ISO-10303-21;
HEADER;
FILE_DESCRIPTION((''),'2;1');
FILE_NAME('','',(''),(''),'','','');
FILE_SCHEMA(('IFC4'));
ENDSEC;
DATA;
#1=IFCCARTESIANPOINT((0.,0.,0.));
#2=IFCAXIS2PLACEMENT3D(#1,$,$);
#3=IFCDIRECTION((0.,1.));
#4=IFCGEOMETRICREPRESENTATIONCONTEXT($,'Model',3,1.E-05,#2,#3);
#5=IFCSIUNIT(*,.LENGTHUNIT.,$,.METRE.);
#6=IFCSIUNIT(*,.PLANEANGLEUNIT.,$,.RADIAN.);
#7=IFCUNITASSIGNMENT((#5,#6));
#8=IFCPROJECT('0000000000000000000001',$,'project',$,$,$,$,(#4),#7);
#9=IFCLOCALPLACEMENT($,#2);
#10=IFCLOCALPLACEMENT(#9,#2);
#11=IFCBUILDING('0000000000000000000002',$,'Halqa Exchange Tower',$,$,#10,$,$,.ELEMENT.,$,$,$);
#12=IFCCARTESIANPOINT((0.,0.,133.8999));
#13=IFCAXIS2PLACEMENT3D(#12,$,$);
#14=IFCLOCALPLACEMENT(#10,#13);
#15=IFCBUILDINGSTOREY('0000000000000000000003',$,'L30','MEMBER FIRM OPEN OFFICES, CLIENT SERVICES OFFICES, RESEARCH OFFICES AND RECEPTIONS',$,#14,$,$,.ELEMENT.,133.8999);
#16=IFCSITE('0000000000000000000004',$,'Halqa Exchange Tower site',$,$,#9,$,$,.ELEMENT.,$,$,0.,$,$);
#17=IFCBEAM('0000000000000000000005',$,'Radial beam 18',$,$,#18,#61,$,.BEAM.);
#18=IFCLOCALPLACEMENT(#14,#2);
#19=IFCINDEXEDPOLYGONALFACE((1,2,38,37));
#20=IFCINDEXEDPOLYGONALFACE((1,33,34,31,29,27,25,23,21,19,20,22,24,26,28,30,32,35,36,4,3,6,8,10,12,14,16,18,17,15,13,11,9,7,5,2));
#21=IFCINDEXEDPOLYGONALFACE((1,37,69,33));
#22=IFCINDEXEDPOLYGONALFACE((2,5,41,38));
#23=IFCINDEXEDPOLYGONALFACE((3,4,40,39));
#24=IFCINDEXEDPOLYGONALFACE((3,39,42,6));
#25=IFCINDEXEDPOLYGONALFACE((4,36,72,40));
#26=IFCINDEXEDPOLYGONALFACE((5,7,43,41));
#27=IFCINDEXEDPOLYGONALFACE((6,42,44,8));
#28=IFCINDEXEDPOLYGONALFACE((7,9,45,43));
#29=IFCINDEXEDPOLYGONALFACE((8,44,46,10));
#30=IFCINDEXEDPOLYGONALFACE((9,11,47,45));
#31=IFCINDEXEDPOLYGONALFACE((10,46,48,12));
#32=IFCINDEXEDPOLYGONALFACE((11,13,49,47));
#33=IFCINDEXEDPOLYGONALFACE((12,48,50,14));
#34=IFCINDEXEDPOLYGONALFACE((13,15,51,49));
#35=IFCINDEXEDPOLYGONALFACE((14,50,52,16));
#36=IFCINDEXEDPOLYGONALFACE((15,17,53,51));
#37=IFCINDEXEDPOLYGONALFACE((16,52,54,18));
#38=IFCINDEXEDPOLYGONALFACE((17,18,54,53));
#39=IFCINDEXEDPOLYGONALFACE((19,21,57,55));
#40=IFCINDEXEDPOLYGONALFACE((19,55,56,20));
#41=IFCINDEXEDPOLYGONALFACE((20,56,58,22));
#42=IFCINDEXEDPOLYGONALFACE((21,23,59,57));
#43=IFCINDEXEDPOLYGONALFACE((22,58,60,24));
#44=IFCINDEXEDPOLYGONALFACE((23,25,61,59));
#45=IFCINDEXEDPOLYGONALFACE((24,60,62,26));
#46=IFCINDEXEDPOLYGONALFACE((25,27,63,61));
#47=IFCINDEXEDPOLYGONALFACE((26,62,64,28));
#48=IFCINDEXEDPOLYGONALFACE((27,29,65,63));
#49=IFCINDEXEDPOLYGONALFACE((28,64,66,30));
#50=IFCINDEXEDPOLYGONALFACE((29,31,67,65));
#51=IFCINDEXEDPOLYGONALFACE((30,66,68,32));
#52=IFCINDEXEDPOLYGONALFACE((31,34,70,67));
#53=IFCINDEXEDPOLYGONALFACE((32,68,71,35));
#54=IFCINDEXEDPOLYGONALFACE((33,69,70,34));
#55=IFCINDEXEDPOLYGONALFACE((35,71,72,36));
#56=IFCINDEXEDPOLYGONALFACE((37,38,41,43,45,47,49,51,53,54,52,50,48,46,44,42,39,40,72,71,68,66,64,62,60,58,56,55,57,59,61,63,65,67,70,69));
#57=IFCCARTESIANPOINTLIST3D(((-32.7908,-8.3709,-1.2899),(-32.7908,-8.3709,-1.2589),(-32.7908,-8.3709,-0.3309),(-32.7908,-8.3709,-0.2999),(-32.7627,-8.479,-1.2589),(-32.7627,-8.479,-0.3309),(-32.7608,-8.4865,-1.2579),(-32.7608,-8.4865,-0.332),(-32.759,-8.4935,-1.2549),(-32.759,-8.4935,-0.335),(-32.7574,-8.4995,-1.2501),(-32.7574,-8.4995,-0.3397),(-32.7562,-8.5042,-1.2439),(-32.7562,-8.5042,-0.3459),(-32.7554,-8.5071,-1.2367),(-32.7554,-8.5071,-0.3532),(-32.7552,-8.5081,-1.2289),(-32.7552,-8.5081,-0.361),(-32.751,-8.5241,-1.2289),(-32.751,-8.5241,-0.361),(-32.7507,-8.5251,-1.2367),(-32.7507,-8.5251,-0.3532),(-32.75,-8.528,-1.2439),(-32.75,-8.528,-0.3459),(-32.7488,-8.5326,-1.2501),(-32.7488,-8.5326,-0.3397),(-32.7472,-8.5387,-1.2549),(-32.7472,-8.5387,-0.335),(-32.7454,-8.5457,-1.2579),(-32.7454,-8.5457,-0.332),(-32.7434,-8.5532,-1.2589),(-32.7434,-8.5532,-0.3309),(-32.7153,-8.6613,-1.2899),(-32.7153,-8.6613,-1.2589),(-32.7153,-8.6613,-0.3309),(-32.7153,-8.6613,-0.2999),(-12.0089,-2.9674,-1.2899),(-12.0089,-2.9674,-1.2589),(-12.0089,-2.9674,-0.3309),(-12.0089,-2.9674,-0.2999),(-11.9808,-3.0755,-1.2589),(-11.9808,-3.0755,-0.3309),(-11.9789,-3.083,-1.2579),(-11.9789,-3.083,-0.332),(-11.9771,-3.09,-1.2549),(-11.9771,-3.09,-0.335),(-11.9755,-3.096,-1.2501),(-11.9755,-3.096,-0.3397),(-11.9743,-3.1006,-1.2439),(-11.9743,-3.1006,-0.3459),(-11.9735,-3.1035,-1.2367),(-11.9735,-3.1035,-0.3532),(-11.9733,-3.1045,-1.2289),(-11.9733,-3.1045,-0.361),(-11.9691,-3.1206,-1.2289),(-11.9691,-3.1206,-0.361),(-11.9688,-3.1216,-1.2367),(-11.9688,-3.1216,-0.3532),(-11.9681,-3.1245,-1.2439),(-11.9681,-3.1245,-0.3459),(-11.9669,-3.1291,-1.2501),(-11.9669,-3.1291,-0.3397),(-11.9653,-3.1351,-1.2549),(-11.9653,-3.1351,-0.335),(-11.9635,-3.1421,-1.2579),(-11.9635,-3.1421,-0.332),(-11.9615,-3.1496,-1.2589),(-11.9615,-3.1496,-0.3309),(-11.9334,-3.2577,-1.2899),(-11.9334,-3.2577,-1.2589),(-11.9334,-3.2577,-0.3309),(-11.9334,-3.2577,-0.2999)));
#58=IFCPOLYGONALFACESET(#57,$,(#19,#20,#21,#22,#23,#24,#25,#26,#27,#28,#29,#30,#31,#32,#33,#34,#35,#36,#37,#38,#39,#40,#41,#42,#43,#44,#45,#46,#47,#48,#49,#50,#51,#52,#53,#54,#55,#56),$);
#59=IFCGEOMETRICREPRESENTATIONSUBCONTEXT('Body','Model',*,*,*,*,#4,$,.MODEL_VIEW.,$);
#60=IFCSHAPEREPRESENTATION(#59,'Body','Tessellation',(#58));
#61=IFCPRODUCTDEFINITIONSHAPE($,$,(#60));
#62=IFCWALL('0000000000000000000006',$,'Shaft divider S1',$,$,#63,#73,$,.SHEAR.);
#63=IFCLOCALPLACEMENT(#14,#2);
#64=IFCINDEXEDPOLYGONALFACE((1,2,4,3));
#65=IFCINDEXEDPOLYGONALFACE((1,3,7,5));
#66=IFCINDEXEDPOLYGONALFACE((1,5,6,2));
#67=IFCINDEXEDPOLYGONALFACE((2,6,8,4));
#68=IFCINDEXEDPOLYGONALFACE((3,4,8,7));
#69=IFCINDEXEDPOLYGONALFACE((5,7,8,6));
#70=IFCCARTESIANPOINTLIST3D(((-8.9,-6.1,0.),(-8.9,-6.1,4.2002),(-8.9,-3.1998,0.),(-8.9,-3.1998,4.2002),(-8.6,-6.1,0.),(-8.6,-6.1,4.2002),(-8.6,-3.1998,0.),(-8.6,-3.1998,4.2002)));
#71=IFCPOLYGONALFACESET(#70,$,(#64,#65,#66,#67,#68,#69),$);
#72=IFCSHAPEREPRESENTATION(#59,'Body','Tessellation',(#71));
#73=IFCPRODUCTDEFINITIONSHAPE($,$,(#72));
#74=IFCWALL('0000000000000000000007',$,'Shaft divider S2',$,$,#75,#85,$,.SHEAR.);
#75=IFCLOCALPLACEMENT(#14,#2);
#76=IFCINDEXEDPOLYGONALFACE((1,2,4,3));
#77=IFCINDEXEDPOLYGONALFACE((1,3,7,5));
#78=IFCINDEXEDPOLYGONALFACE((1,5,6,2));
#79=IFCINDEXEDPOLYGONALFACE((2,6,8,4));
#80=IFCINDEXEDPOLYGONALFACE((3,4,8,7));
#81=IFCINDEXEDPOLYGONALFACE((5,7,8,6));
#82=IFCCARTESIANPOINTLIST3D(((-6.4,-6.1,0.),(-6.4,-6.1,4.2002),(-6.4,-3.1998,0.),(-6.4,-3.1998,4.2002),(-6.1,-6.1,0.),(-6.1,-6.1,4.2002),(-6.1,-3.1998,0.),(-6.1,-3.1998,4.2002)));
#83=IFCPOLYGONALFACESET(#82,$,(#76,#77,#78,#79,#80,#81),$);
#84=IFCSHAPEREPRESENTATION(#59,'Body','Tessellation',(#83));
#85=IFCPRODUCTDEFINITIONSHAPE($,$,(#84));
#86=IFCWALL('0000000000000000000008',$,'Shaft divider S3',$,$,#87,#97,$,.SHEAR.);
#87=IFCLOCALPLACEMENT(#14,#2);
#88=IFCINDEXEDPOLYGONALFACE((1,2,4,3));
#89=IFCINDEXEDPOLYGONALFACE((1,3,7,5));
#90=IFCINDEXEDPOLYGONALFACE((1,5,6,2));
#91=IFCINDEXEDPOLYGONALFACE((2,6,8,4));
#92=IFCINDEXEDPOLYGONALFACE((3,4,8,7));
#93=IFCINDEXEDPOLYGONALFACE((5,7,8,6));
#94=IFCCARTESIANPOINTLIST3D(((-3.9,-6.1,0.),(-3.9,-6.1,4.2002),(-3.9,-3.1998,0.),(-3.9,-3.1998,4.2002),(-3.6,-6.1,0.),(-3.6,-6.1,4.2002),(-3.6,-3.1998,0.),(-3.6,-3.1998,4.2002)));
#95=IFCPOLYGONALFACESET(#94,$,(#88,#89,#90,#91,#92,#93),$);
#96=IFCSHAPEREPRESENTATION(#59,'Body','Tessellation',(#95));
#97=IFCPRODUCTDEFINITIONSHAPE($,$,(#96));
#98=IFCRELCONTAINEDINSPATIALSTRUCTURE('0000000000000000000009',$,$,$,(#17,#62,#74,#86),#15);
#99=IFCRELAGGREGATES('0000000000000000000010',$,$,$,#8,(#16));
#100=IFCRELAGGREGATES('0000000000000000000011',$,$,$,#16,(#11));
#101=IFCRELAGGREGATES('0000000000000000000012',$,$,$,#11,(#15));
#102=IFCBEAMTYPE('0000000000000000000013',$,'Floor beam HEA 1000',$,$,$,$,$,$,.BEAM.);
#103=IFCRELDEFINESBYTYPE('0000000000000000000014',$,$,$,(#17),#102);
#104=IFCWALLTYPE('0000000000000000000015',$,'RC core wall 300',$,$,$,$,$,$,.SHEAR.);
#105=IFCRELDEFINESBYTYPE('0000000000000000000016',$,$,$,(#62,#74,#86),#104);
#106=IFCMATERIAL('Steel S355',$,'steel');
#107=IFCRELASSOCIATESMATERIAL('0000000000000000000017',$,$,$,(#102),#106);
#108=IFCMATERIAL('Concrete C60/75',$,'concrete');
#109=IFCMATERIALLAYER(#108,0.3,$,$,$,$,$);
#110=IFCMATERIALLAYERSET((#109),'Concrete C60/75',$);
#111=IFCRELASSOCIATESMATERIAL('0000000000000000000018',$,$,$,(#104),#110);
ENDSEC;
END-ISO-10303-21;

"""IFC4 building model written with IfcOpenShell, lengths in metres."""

from ifc_helpers import new_model, si_unit, direction, frame, frame_2d, origin, origin_2d, place, context, subcontext, project, spatial, rectangle, i_section, extrude, material, layer, layer_set, material_profile, profile_set, type_object, element, save


model = new_model("IFC4")

# Units and contexts
model_context = context("Model", 3, precision=1e-05, world=origin(), true_north=direction((0.0, 1.0)))
body_context = subcontext(model_context, "Body", "Model", "MODEL_VIEW")
ifc_project = project(units=[si_unit("LENGTHUNIT", "METRE"), si_unit("PLANEANGLEUNIT", "RADIAN")], contexts=[model_context])

# Site, building, storey
site_placement = place(None, origin())
site = spatial("IfcSite", under=ifc_project, at=site_placement, Name="Halqa Exchange Tower site", CompositionType="ELEMENT", RefElevation=0.0)
building_placement = place(site_placement, origin())
building = spatial("IfcBuilding", under=site, at=building_placement, Name="Halqa Exchange Tower", CompositionType="ELEMENT")
storey_placement = place(building_placement, frame((0.0, 0.0, 133.8999)))
storey = spatial("IfcBuildingStorey", under=building, at=storey_placement, Name="L30", Description="MEMBER FIRM OPEN OFFICES, CLIENT SERVICES OFFICES, RESEARCH OFFICES AND RECEPTIONS", CompositionType="ELEMENT", Elevation=133.8999)

# Beam
ifc_material_1 = material(Name="Steel S355", Category="steel")
ifc_material_profile = material_profile(ifc_material_1, i_section(OverallWidth=0.3, OverallDepth=0.99, WebThickness=0.0166, FlangeThickness=0.031, FilletRadius=0.03, at=origin_2d()), Name="HEA 1000")
ifc_profile_set = profile_set([ifc_material_profile], Name="Steel S355")
beam_type = type_object("IfcBeamType", Name="Floor beam HEA 1000", PredefinedType="BEAM", material=ifc_profile_set)
beam_placement = place(storey_placement, frame((-11.9712, -3.1125, -0.7949), z_axis=(-0.96782, -0.251645, 0.0), x_axis=(0.251645, -0.96782, 0.0)))
element("IfcBeam", 1, at=beam_placement, inside=storey, type_object=beam_type, Name="Radial beam 18", PredefinedType="BEAM", context=body_context, shape_type="SweptSolid", body=[
    extrude(i_section(OverallWidth=0.3, OverallDepth=0.99, WebThickness=0.0166, FlangeThickness=0.031, FilletRadius=0.03, at=origin_2d()), origin(), (0.0, 0.0, 1.0), 21.4729),
])

# Walls
ifc_material_2 = material(Name="Concrete C60/75", Category="concrete")
ifc_layer_1 = layer(ifc_material_2, 0.3)
ifc_layer_set_1 = layer_set([ifc_layer_1], Name="Concrete C60/75")
wall_type_1 = type_object("IfcWallType", Name="RC core wall 300", PredefinedType="SHEAR", material=ifc_layer_set_1)
for number, where, z_axis, x_axis, name in (
    (2, (-8.75, -6.1001, 0.0), (0.0, 0.0, 1.0), (0.0, 1.0, 0.0), "Shaft divider S1"),
    (3, (-6.25, -6.1001, 0.0), (0.0, 0.0, 1.0), (0.0, 1.0, 0.0), "Shaft divider S2"),
    (4, (-3.75, -6.1001, 0.0), (0.0, 0.0, 1.0), (0.0, 1.0, 0.0), "Shaft divider S3"),
):
    element("IfcWall", number, at=place(storey_placement, frame(where, z_axis=z_axis, x_axis=x_axis)), inside=storey, type_object=wall_type_1, Name=name, PredefinedType="SHEAR", context=body_context, shape_type="SweptSolid", body=[
        extrude(rectangle(XDim=2.9001, YDim=0.3, at=frame_2d((1.4502, 0.0))), origin(), (0.0, 0.0, 1.0), 4.2002),
    ])

save(model, "model.ifc")
